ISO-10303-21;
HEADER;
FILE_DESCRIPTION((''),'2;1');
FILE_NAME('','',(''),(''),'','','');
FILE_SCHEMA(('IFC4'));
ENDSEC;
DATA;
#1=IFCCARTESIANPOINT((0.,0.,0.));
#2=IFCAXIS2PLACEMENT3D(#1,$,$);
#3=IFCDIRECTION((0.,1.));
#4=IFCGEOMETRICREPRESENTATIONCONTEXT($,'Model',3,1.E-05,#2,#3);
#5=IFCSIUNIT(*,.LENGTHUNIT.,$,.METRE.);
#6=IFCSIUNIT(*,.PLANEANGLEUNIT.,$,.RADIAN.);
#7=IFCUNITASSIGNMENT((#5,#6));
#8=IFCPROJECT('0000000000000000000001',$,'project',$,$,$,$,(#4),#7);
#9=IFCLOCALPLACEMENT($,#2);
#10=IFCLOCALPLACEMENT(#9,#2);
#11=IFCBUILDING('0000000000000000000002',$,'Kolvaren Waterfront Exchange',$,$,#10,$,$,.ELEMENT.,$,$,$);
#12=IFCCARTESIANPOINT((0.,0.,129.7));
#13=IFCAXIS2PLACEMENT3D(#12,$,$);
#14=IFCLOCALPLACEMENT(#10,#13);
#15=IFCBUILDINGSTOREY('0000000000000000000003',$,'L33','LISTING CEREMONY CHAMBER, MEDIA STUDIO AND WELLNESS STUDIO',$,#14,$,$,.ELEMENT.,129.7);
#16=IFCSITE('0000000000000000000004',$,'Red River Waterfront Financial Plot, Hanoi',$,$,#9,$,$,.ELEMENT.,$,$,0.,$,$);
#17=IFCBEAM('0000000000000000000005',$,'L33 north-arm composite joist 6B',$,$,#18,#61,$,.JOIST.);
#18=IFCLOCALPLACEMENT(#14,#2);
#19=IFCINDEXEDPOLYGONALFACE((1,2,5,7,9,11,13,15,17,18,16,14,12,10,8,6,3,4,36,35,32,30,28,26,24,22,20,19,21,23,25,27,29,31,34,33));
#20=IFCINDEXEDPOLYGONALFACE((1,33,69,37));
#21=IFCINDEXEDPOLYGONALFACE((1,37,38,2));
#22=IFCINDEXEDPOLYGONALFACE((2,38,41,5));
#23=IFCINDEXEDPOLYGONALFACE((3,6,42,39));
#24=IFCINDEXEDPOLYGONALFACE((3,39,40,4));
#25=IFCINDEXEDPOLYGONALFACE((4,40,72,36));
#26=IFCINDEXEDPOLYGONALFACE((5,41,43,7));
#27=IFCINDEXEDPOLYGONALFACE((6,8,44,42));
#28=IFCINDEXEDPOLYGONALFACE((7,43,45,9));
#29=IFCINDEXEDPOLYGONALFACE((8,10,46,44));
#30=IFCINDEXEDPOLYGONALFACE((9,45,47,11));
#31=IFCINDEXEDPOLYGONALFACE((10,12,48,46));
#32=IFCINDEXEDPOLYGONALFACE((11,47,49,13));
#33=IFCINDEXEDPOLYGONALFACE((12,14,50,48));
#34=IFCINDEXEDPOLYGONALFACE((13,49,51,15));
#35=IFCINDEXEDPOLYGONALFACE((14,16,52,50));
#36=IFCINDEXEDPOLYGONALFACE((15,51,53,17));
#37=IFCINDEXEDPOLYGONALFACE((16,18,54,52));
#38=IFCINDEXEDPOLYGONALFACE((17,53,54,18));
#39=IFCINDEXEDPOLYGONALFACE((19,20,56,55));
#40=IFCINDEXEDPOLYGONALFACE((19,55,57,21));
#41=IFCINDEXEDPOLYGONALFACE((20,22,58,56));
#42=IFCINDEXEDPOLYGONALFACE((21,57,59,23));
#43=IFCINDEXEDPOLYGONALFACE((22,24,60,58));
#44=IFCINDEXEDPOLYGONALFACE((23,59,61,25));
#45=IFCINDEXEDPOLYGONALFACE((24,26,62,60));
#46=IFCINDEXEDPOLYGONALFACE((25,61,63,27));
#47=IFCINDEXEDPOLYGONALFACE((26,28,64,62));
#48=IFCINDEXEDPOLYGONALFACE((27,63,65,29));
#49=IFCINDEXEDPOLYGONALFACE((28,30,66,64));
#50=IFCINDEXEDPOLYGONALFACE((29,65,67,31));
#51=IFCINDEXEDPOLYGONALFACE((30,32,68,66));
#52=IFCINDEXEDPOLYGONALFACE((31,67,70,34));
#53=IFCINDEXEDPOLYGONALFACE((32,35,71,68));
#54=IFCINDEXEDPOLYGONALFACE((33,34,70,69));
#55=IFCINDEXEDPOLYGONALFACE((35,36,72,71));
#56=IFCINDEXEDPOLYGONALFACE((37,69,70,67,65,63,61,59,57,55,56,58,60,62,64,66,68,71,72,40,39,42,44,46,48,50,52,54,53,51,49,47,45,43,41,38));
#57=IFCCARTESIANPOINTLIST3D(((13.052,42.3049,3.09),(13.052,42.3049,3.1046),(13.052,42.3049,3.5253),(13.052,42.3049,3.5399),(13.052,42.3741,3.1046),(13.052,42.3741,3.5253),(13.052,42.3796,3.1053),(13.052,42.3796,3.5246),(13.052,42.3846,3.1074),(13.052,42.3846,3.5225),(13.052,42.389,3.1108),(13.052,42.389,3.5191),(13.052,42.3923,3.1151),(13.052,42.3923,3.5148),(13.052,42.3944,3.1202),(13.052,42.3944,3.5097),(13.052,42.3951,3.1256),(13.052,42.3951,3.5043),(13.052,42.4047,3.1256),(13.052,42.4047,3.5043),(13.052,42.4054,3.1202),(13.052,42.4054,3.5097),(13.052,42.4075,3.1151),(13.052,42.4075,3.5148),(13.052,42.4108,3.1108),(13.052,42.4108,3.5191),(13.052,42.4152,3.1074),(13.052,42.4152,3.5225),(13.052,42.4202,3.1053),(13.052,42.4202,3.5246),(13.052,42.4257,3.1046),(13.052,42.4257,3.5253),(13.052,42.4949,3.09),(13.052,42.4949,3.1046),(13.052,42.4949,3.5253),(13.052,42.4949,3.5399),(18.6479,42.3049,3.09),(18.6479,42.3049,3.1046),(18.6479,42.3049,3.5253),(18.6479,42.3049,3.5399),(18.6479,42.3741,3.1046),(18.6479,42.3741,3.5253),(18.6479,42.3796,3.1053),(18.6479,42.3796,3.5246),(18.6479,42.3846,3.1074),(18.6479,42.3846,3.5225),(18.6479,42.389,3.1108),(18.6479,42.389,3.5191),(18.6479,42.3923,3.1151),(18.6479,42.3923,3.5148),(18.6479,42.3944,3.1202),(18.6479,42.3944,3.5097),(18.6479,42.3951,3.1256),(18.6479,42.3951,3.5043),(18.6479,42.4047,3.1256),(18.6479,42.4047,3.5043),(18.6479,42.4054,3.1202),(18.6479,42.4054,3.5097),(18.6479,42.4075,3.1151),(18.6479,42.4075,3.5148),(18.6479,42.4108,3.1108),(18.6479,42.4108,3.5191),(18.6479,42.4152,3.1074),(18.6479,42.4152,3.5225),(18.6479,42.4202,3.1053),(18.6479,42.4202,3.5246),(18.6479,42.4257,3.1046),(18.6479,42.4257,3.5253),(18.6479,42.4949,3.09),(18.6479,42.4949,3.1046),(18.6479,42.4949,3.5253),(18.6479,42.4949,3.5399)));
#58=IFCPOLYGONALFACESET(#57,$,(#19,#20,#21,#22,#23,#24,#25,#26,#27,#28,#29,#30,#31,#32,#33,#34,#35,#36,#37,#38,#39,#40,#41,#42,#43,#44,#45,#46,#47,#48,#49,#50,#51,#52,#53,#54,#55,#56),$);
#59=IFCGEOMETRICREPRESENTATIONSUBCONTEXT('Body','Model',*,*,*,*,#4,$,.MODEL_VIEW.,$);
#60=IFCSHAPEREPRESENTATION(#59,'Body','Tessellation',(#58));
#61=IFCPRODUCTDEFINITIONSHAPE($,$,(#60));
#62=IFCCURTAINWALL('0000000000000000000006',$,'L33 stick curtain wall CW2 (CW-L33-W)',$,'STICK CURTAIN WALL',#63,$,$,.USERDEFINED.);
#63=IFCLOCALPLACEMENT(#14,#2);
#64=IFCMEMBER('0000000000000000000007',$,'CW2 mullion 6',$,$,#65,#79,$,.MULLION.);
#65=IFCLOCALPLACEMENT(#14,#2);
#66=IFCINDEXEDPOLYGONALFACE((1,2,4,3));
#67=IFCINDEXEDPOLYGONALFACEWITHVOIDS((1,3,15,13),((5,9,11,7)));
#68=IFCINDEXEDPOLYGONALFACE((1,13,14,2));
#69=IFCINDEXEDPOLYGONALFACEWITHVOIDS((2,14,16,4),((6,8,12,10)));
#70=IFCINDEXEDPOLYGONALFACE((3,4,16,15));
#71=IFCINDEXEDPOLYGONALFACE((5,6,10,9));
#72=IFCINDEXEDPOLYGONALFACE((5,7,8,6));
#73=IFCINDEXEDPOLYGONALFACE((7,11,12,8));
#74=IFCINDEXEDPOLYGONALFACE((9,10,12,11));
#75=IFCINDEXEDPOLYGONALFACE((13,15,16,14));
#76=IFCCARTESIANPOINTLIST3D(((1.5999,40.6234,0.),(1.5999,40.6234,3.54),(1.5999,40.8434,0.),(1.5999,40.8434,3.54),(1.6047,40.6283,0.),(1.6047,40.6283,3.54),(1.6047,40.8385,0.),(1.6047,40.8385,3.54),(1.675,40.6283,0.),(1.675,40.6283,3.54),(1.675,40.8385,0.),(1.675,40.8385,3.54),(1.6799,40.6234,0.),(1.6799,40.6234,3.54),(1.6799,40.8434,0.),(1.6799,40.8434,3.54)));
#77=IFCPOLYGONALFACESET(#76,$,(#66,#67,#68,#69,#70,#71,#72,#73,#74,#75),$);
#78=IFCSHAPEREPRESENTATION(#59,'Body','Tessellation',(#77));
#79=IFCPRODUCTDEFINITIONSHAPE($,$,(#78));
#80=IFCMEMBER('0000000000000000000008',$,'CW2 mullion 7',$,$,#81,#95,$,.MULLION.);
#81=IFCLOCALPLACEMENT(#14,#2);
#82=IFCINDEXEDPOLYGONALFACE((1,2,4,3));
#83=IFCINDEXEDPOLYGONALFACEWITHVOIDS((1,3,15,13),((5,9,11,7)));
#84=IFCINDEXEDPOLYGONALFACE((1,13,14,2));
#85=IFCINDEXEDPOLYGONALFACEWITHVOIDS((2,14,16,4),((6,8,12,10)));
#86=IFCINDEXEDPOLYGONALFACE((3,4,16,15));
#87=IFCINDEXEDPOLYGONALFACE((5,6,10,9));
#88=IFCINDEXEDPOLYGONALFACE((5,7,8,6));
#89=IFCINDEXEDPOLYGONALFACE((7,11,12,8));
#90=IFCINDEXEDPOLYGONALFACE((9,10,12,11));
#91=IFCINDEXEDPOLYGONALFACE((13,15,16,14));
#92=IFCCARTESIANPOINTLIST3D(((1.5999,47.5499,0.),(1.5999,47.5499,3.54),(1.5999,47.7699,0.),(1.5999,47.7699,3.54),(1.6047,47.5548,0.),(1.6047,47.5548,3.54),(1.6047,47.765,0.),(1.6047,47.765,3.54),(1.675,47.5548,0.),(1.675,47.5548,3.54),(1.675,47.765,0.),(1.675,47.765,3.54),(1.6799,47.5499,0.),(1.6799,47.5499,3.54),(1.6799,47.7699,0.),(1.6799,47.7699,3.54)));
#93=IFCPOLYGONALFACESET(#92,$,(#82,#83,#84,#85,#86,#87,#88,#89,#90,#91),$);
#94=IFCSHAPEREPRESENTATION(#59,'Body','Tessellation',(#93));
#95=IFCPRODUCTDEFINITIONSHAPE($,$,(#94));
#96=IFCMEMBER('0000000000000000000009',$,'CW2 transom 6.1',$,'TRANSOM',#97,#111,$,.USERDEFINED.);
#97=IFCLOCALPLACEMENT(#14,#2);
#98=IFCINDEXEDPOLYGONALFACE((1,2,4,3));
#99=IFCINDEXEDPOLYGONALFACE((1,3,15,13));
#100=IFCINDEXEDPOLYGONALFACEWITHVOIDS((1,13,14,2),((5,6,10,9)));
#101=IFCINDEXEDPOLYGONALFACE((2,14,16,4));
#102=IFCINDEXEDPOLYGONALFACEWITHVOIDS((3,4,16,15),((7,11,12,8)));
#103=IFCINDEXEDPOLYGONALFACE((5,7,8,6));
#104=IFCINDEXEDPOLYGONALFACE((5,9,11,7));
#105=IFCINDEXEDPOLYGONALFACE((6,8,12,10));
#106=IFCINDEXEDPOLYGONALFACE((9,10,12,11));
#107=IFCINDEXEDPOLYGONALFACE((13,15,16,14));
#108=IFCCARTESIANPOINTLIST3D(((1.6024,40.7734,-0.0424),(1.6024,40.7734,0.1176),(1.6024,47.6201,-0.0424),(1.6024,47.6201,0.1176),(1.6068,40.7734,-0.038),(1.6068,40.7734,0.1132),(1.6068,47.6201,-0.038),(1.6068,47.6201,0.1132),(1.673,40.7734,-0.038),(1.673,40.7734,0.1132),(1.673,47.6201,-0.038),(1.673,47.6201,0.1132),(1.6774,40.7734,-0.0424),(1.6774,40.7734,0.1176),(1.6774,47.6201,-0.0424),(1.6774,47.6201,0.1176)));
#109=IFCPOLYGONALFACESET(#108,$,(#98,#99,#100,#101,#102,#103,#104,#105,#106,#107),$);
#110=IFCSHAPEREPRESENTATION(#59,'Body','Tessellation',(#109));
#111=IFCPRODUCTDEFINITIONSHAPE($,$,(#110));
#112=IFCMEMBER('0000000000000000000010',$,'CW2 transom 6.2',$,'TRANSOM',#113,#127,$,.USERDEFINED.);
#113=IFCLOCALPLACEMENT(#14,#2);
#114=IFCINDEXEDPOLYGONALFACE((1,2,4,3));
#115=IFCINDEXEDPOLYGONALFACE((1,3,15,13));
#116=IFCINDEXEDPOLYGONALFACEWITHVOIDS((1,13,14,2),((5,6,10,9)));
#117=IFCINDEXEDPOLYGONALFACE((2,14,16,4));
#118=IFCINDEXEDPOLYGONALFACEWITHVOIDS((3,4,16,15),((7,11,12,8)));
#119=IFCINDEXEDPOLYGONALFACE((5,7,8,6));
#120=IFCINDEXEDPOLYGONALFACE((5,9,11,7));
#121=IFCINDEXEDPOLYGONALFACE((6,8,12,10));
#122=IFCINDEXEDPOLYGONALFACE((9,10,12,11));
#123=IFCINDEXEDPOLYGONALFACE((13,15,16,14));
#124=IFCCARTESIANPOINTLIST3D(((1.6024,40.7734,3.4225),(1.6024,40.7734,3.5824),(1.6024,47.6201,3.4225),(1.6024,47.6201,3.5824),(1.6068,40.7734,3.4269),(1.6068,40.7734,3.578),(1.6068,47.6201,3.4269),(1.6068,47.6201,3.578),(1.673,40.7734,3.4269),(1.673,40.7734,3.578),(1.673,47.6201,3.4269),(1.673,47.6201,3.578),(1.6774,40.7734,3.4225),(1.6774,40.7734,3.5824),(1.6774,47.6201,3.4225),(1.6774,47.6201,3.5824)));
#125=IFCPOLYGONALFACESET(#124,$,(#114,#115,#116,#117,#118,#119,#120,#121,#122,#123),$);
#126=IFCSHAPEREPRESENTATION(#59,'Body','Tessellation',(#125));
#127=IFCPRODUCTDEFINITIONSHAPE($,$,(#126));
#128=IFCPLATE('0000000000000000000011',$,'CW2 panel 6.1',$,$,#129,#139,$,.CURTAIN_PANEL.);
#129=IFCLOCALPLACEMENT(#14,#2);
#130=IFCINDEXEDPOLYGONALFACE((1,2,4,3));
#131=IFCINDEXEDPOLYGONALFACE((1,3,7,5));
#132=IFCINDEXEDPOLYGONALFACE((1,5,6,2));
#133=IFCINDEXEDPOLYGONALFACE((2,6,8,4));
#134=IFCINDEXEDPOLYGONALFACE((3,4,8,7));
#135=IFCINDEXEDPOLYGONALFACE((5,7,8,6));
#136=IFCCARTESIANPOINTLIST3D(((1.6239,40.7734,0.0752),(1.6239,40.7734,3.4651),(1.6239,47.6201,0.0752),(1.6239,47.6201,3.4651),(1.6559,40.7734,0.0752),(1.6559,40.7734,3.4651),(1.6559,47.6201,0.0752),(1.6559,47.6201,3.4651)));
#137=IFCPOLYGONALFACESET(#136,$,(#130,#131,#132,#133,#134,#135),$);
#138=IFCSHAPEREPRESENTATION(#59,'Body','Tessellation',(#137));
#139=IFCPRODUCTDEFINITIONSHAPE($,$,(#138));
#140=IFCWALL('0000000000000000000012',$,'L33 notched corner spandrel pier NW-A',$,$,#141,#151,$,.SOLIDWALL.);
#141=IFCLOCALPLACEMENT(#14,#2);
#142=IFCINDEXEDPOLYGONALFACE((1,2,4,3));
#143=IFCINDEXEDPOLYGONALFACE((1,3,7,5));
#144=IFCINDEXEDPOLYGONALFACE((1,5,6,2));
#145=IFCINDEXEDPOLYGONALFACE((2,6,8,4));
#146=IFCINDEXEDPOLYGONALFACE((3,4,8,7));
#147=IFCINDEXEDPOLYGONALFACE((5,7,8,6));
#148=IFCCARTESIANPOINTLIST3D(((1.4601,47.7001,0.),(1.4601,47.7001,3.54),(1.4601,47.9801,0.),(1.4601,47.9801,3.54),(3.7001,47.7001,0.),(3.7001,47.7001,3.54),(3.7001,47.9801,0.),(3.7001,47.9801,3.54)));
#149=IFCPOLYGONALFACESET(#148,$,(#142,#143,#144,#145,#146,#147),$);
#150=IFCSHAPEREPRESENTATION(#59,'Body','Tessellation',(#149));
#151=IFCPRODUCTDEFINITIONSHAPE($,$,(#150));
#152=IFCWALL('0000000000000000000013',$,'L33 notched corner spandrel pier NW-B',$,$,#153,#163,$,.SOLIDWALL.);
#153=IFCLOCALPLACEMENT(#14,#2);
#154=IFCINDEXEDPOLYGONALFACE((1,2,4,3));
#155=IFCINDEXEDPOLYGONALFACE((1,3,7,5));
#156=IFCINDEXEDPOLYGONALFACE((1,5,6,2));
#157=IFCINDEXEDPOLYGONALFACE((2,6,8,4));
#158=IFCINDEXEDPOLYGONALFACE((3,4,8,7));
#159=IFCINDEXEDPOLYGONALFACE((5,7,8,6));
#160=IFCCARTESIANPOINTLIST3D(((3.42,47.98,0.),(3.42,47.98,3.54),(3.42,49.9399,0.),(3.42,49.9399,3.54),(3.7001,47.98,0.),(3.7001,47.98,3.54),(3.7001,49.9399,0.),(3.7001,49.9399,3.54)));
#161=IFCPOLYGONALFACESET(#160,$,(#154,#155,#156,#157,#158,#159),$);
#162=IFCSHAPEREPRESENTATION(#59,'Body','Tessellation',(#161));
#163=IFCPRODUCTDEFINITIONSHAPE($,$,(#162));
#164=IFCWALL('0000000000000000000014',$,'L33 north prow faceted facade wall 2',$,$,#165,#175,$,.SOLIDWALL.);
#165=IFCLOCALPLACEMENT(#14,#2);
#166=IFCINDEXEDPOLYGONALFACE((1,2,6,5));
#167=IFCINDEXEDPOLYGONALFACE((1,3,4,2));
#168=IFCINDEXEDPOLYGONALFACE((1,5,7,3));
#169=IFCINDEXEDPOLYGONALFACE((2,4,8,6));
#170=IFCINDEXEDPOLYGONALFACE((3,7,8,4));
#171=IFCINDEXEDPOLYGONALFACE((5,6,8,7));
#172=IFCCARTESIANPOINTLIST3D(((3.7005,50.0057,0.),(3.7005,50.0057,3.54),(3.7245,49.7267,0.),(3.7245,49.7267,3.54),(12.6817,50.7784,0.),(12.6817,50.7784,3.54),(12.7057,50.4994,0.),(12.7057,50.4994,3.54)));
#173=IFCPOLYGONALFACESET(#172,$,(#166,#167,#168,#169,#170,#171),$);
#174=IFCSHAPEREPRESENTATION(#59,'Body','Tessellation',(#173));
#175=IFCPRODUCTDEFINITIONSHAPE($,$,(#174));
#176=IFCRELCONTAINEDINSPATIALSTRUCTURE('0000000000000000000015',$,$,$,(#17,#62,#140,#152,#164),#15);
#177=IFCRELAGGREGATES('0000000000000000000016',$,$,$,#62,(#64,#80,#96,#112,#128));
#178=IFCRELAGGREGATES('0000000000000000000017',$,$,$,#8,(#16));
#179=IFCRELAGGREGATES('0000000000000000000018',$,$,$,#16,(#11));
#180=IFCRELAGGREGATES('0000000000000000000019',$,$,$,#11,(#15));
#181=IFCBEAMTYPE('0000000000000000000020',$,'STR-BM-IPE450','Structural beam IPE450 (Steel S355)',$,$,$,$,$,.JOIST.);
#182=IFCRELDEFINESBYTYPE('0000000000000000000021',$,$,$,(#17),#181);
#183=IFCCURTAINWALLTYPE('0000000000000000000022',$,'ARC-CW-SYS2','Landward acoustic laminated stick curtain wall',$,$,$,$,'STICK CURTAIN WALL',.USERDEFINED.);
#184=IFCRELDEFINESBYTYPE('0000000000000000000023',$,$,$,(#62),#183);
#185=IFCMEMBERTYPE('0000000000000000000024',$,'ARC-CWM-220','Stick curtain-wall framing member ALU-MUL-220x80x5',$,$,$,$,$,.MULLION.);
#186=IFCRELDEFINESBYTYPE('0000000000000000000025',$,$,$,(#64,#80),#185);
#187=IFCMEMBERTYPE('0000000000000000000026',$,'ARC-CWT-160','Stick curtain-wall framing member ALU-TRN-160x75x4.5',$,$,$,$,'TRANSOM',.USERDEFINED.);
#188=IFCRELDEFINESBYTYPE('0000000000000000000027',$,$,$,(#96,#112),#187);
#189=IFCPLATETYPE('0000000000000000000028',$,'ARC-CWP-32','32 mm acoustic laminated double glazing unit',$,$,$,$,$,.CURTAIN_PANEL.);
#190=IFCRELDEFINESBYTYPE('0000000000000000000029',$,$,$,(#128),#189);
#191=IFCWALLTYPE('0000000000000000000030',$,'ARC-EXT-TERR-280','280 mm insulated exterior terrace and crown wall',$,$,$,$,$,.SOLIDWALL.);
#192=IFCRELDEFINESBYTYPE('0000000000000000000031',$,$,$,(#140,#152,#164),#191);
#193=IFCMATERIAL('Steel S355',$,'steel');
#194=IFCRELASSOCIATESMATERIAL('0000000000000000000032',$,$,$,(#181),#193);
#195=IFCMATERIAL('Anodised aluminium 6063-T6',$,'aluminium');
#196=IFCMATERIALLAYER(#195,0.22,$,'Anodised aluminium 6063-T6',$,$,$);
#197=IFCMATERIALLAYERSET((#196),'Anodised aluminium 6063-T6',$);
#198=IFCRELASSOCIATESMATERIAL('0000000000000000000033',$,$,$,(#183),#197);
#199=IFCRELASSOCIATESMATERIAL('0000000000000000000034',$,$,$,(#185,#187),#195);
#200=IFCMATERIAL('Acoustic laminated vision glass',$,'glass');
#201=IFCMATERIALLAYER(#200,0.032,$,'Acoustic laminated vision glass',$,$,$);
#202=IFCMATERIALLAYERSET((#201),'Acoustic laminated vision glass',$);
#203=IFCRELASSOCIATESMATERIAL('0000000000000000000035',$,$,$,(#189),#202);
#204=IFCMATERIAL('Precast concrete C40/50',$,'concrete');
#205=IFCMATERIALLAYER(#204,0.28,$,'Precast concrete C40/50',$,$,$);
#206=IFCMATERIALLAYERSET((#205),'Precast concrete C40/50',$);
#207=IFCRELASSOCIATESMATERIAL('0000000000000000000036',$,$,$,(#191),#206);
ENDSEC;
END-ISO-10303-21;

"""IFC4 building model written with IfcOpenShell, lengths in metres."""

from ifc_helpers import new_model, si_unit, direction, frame, frame_2d, origin, origin_with_axes, origin_2d, place, context, subcontext, project, spatial, rectangle, hollow_rectangle, i_section, extrude, source, transform, mapped, material, layer, layer_set, material_profile, profile_set, type_object, element, aggregate, save


model = new_model("IFC4")

# Units and contexts
model_context = context("Model", 3, precision=1e-05, world=origin(), true_north=direction((0.0, 1.0)))
body_context = subcontext(model_context, "Body", "Model", "MODEL_VIEW")
ifc_project = project(units=[si_unit("LENGTHUNIT", "METRE"), si_unit("PLANEANGLEUNIT", "RADIAN")], contexts=[model_context])

# Site, building, storey
site_placement = place(None, origin())
site = spatial("IfcSite", under=ifc_project, at=site_placement, Name="Red River Waterfront Financial Plot, Hanoi", CompositionType="ELEMENT", RefElevation=0.0)
building_placement = place(site_placement, origin())
building = spatial("IfcBuilding", under=site, at=building_placement, Name="Kolvaren Waterfront Exchange", CompositionType="ELEMENT")
storey_placement = place(building_placement, frame((0.0, 0.0, 129.7)))
storey = spatial("IfcBuildingStorey", under=building, at=storey_placement, Name="L33", Description="LISTING CEREMONY CHAMBER, MEDIA STUDIO AND WELLNESS STUDIO", CompositionType="ELEMENT", Elevation=129.7)

# Beam
ifc_material_1 = material(Name="Steel S355", Category="steel")
ifc_material_profile_1 = material_profile(ifc_material_1, i_section(OverallWidth=0.1899, OverallDepth=0.45, WebThickness=0.0095, FlangeThickness=0.0146, FilletRadius=0.021, at=origin_2d()), Name="IPE450")
ifc_profile_set_1 = profile_set([ifc_material_profile_1], Name="Steel S355")
beam_type_1 = type_object("IfcBeamType", Name="STR-BM-IPE450", Description="Structural beam IPE450 (Steel S355)", PredefinedType="JOIST", material=ifc_profile_set_1)
beam_1_placement = place(storey_placement, frame((13.052, 42.3999, 3.3149), z_axis=(1.0, 0.0, 0.0), x_axis=(0.0, 1.0, 0.0)))
element("IfcBeam", 1, at=beam_1_placement, inside=storey, type_object=beam_type_1, Name="L33 north-arm composite joist 6B", PredefinedType="JOIST", context=body_context, shape_type="SweptSolid", body=[
    extrude(i_section(OverallWidth=0.1899, OverallDepth=0.45, WebThickness=0.0095, FlangeThickness=0.0146, FilletRadius=0.021, at=origin_2d()), origin(), (0.0, 0.0, 1.0), 5.5959),
])

# Curtain wall, members, plate
ifc_material_2 = material(Name="Anodised aluminium 6063-T6", Category="aluminium")
ifc_layer_1 = layer(ifc_material_2, 0.22, Name="Anodised aluminium 6063-T6")
ifc_layer_set_1 = layer_set([ifc_layer_1], Name="Anodised aluminium 6063-T6")
curtain_wall_type = type_object("IfcCurtainWallType", Name="ARC-CW-SYS2", Description="Landward acoustic laminated stick curtain wall", ElementType="STICK CURTAIN WALL", PredefinedType="USERDEFINED", material=ifc_layer_set_1)
curtain_wall_placement = place(storey_placement, origin())
curtain_wall = element("IfcCurtainWall", 2, at=curtain_wall_placement, inside=storey, type_object=curtain_wall_type, Name="L33 stick curtain wall CW2 (CW-L33-W)", ObjectType="STICK CURTAIN WALL", PredefinedType="USERDEFINED")
ifc_material_profile_2 = material_profile(ifc_material_2, hollow_rectangle(XDim=0.0801, YDim=0.22, WallThickness=0.0049, at=origin_2d()), Name="ALU-MUL-220x80x5")
ifc_profile_set_2 = profile_set([ifc_material_profile_2], Name="Anodised aluminium 6063-T6")
member_type_1 = type_object("IfcMemberType", Name="ARC-CWM-220", Description="Stick curtain-wall framing member ALU-MUL-220x80x5", PredefinedType="MULLION", material=ifc_profile_set_2)
shared_shape_1 = source(origin_with_axes(), body_context, "Body", "SweptSolid", [
    extrude(hollow_rectangle(XDim=0.0801, YDim=0.22, WallThickness=0.0049, at=origin_2d()), origin(), (0.0, 0.0, 1.0), 3.54),
])
member_1_placement = place(storey_placement, frame((1.6399, 40.7334, 0.0), z_axis=(0.0, 0.0, 1.0), x_axis=(-1.0, 0.0, 0.0)))
member_1 = element("IfcMember", 3, at=member_1_placement, type_object=member_type_1, Name="CW2 mullion 6", PredefinedType="MULLION", context=body_context, shape_type="MappedRepresentation", body=[
    mapped(shared_shape_1, transform((0.0, 0.0, 0.0), x_axis=(1.0, 0.0, 0.0), y_axis=(0.0, 1.0, 0.0), z_axis=(0.0, 0.0, 1.0), scale=1.0)),
])
member_2_placement = place(storey_placement, frame((1.6399, 47.6599, 0.0), z_axis=(0.0, 0.0, 1.0), x_axis=(-1.0, 0.0, 0.0)))
member_2 = element("IfcMember", 4, at=member_2_placement, type_object=member_type_1, Name="CW2 mullion 7", PredefinedType="MULLION", context=body_context, shape_type="MappedRepresentation", body=[
    mapped(shared_shape_1, transform((0.0, 0.0, 0.0), x_axis=(1.0, 0.0, 0.0), y_axis=(0.0, 1.0, 0.0), z_axis=(0.0, 0.0, 1.0), scale=1.0)),
])
ifc_material_profile_3 = material_profile(ifc_material_2, hollow_rectangle(XDim=0.075, YDim=0.1599, WallThickness=0.0044, at=origin_2d()), Name="ALU-TRN-160x75x4.5")
ifc_profile_set_3 = profile_set([ifc_material_profile_3], Name="Anodised aluminium 6063-T6")
member_type_2 = type_object("IfcMemberType", Name="ARC-CWT-160", Description="Stick curtain-wall framing member ALU-TRN-160x75x4.5", ElementType="TRANSOM", PredefinedType="USERDEFINED", material=ifc_profile_set_3)
shared_shape_2 = source(origin_with_axes(), body_context, "Body", "SweptSolid", [
    extrude(hollow_rectangle(XDim=0.075, YDim=0.1599, WallThickness=0.0044, at=origin_2d()), origin(), (0.0, 0.0, 1.0), 6.8467),
])
member_3_placement = place(storey_placement, frame((1.6399, 40.7734, 0.0376), z_axis=(0.0, 1.0, 0.0), x_axis=(-1.0, 0.0, 0.0)))
member_3 = element("IfcMember", 5, at=member_3_placement, type_object=member_type_2, Name="CW2 transom 6.1", ObjectType="TRANSOM", PredefinedType="USERDEFINED", context=body_context, shape_type="MappedRepresentation", body=[
    mapped(shared_shape_2, transform((0.0, 0.0, 0.0), x_axis=(1.0, 0.0, 0.0), y_axis=(0.0, 1.0, 0.0), z_axis=(0.0, 0.0, 1.0), scale=1.0)),
])
member_4_placement = place(storey_placement, frame((1.6399, 40.7734, 3.5024), z_axis=(0.0, 1.0, 0.0), x_axis=(-1.0, 0.0, 0.0)))
member_4 = element("IfcMember", 6, at=member_4_placement, type_object=member_type_2, Name="CW2 transom 6.2", ObjectType="TRANSOM", PredefinedType="USERDEFINED", context=body_context, shape_type="MappedRepresentation", body=[
    mapped(shared_shape_2, transform((0.0, 0.0, 0.0), x_axis=(1.0, 0.0, 0.0), y_axis=(0.0, 1.0, 0.0), z_axis=(0.0, 0.0, 1.0), scale=1.0)),
])
ifc_material_3 = material(Name="Acoustic laminated vision glass", Category="glass")
ifc_layer_2 = layer(ifc_material_3, 0.032, Name="Acoustic laminated vision glass")
ifc_layer_set_2 = layer_set([ifc_layer_2], Name="Acoustic laminated vision glass")
plate_type = type_object("IfcPlateType", Name="ARC-CWP-32", Description="32 mm acoustic laminated double glazing unit", PredefinedType="CURTAIN_PANEL", material=ifc_layer_set_2)
shared_shape_3 = source(origin_with_axes(), body_context, "Body", "SweptSolid", [
    extrude(rectangle(XDim=6.8467, YDim=0.032, at=origin_2d()), origin(), (0.0, 0.0, 1.0), 3.3899),
])
plate_placement = place(storey_placement, frame((1.6399, 44.1968, 0.0752), z_axis=(0.0, 0.0, 1.0), x_axis=(0.0, 1.0, 0.0)))
plate = element("IfcPlate", 7, at=plate_placement, type_object=plate_type, Name="CW2 panel 6.1", PredefinedType="CURTAIN_PANEL", context=body_context, shape_type="MappedRepresentation", body=[
    mapped(shared_shape_3, transform((0.0, 0.0, 0.0), x_axis=(1.0, 0.0, 0.0), y_axis=(0.0, 1.0, 0.0), z_axis=(0.0, 0.0, 1.0), scale=1.0)),
])
aggregate(curtain_wall, [member_1, member_2, member_3, member_4, plate])

# Walls
ifc_material_4 = material(Name="Precast concrete C40/50", Category="concrete")
ifc_layer_3 = layer(ifc_material_4, 0.28, Name="Precast concrete C40/50")
ifc_layer_set_3 = layer_set([ifc_layer_3], Name="Precast concrete C40/50")
wall_type_1 = type_object("IfcWallType", Name="ARC-EXT-TERR-280", Description="280 mm insulated exterior terrace and crown wall", PredefinedType="SOLIDWALL", material=ifc_layer_set_3)
wall_1_placement = place(storey_placement, frame((1.46, 47.8401, 0.0), z_axis=(0.0, 0.0, 1.0), x_axis=(1.0, 0.0, 0.0)))
element("IfcWall", 8, at=wall_1_placement, inside=storey, type_object=wall_type_1, Name="L33 notched corner spandrel pier NW-A", PredefinedType="SOLIDWALL", context=body_context, shape_type="SweptSolid", body=[
    extrude(rectangle(XDim=2.24, YDim=0.28, at=frame_2d((1.1201, 0.0))), origin(), (0.0, 0.0, 1.0), 3.54),
])
wall_2_placement = place(storey_placement, frame((3.5601, 47.98, 0.0), z_axis=(0.0, 0.0, 1.0), x_axis=(0.0, 1.0, 0.0)))
element("IfcWall", 9, at=wall_2_placement, inside=storey, type_object=wall_type_1, Name="L33 notched corner spandrel pier NW-B", PredefinedType="SOLIDWALL", context=body_context, shape_type="SweptSolid", body=[
    extrude(rectangle(XDim=1.96, YDim=0.28, at=frame_2d((0.98, 0.0))), origin(), (0.0, 0.0, 1.0), 3.54),
])
wall_3_placement = place(storey_placement, frame((12.6938, 50.6389, 0.0), z_axis=(0.0, 0.0, 1.0), x_axis=(-0.996319, -0.085719, 0.0)))
element("IfcWall", 10, at=wall_3_placement, inside=storey, type_object=wall_type_1, Name="L33 north prow faceted facade wall 2", PredefinedType="SOLIDWALL", context=body_context, shape_type="SweptSolid", body=[
    extrude(rectangle(XDim=9.0144, YDim=0.28, at=frame_2d((4.5073, 0.0))), origin(), (0.0, 0.0, 1.0), 3.54),
])

save(model, "model.ifc")
